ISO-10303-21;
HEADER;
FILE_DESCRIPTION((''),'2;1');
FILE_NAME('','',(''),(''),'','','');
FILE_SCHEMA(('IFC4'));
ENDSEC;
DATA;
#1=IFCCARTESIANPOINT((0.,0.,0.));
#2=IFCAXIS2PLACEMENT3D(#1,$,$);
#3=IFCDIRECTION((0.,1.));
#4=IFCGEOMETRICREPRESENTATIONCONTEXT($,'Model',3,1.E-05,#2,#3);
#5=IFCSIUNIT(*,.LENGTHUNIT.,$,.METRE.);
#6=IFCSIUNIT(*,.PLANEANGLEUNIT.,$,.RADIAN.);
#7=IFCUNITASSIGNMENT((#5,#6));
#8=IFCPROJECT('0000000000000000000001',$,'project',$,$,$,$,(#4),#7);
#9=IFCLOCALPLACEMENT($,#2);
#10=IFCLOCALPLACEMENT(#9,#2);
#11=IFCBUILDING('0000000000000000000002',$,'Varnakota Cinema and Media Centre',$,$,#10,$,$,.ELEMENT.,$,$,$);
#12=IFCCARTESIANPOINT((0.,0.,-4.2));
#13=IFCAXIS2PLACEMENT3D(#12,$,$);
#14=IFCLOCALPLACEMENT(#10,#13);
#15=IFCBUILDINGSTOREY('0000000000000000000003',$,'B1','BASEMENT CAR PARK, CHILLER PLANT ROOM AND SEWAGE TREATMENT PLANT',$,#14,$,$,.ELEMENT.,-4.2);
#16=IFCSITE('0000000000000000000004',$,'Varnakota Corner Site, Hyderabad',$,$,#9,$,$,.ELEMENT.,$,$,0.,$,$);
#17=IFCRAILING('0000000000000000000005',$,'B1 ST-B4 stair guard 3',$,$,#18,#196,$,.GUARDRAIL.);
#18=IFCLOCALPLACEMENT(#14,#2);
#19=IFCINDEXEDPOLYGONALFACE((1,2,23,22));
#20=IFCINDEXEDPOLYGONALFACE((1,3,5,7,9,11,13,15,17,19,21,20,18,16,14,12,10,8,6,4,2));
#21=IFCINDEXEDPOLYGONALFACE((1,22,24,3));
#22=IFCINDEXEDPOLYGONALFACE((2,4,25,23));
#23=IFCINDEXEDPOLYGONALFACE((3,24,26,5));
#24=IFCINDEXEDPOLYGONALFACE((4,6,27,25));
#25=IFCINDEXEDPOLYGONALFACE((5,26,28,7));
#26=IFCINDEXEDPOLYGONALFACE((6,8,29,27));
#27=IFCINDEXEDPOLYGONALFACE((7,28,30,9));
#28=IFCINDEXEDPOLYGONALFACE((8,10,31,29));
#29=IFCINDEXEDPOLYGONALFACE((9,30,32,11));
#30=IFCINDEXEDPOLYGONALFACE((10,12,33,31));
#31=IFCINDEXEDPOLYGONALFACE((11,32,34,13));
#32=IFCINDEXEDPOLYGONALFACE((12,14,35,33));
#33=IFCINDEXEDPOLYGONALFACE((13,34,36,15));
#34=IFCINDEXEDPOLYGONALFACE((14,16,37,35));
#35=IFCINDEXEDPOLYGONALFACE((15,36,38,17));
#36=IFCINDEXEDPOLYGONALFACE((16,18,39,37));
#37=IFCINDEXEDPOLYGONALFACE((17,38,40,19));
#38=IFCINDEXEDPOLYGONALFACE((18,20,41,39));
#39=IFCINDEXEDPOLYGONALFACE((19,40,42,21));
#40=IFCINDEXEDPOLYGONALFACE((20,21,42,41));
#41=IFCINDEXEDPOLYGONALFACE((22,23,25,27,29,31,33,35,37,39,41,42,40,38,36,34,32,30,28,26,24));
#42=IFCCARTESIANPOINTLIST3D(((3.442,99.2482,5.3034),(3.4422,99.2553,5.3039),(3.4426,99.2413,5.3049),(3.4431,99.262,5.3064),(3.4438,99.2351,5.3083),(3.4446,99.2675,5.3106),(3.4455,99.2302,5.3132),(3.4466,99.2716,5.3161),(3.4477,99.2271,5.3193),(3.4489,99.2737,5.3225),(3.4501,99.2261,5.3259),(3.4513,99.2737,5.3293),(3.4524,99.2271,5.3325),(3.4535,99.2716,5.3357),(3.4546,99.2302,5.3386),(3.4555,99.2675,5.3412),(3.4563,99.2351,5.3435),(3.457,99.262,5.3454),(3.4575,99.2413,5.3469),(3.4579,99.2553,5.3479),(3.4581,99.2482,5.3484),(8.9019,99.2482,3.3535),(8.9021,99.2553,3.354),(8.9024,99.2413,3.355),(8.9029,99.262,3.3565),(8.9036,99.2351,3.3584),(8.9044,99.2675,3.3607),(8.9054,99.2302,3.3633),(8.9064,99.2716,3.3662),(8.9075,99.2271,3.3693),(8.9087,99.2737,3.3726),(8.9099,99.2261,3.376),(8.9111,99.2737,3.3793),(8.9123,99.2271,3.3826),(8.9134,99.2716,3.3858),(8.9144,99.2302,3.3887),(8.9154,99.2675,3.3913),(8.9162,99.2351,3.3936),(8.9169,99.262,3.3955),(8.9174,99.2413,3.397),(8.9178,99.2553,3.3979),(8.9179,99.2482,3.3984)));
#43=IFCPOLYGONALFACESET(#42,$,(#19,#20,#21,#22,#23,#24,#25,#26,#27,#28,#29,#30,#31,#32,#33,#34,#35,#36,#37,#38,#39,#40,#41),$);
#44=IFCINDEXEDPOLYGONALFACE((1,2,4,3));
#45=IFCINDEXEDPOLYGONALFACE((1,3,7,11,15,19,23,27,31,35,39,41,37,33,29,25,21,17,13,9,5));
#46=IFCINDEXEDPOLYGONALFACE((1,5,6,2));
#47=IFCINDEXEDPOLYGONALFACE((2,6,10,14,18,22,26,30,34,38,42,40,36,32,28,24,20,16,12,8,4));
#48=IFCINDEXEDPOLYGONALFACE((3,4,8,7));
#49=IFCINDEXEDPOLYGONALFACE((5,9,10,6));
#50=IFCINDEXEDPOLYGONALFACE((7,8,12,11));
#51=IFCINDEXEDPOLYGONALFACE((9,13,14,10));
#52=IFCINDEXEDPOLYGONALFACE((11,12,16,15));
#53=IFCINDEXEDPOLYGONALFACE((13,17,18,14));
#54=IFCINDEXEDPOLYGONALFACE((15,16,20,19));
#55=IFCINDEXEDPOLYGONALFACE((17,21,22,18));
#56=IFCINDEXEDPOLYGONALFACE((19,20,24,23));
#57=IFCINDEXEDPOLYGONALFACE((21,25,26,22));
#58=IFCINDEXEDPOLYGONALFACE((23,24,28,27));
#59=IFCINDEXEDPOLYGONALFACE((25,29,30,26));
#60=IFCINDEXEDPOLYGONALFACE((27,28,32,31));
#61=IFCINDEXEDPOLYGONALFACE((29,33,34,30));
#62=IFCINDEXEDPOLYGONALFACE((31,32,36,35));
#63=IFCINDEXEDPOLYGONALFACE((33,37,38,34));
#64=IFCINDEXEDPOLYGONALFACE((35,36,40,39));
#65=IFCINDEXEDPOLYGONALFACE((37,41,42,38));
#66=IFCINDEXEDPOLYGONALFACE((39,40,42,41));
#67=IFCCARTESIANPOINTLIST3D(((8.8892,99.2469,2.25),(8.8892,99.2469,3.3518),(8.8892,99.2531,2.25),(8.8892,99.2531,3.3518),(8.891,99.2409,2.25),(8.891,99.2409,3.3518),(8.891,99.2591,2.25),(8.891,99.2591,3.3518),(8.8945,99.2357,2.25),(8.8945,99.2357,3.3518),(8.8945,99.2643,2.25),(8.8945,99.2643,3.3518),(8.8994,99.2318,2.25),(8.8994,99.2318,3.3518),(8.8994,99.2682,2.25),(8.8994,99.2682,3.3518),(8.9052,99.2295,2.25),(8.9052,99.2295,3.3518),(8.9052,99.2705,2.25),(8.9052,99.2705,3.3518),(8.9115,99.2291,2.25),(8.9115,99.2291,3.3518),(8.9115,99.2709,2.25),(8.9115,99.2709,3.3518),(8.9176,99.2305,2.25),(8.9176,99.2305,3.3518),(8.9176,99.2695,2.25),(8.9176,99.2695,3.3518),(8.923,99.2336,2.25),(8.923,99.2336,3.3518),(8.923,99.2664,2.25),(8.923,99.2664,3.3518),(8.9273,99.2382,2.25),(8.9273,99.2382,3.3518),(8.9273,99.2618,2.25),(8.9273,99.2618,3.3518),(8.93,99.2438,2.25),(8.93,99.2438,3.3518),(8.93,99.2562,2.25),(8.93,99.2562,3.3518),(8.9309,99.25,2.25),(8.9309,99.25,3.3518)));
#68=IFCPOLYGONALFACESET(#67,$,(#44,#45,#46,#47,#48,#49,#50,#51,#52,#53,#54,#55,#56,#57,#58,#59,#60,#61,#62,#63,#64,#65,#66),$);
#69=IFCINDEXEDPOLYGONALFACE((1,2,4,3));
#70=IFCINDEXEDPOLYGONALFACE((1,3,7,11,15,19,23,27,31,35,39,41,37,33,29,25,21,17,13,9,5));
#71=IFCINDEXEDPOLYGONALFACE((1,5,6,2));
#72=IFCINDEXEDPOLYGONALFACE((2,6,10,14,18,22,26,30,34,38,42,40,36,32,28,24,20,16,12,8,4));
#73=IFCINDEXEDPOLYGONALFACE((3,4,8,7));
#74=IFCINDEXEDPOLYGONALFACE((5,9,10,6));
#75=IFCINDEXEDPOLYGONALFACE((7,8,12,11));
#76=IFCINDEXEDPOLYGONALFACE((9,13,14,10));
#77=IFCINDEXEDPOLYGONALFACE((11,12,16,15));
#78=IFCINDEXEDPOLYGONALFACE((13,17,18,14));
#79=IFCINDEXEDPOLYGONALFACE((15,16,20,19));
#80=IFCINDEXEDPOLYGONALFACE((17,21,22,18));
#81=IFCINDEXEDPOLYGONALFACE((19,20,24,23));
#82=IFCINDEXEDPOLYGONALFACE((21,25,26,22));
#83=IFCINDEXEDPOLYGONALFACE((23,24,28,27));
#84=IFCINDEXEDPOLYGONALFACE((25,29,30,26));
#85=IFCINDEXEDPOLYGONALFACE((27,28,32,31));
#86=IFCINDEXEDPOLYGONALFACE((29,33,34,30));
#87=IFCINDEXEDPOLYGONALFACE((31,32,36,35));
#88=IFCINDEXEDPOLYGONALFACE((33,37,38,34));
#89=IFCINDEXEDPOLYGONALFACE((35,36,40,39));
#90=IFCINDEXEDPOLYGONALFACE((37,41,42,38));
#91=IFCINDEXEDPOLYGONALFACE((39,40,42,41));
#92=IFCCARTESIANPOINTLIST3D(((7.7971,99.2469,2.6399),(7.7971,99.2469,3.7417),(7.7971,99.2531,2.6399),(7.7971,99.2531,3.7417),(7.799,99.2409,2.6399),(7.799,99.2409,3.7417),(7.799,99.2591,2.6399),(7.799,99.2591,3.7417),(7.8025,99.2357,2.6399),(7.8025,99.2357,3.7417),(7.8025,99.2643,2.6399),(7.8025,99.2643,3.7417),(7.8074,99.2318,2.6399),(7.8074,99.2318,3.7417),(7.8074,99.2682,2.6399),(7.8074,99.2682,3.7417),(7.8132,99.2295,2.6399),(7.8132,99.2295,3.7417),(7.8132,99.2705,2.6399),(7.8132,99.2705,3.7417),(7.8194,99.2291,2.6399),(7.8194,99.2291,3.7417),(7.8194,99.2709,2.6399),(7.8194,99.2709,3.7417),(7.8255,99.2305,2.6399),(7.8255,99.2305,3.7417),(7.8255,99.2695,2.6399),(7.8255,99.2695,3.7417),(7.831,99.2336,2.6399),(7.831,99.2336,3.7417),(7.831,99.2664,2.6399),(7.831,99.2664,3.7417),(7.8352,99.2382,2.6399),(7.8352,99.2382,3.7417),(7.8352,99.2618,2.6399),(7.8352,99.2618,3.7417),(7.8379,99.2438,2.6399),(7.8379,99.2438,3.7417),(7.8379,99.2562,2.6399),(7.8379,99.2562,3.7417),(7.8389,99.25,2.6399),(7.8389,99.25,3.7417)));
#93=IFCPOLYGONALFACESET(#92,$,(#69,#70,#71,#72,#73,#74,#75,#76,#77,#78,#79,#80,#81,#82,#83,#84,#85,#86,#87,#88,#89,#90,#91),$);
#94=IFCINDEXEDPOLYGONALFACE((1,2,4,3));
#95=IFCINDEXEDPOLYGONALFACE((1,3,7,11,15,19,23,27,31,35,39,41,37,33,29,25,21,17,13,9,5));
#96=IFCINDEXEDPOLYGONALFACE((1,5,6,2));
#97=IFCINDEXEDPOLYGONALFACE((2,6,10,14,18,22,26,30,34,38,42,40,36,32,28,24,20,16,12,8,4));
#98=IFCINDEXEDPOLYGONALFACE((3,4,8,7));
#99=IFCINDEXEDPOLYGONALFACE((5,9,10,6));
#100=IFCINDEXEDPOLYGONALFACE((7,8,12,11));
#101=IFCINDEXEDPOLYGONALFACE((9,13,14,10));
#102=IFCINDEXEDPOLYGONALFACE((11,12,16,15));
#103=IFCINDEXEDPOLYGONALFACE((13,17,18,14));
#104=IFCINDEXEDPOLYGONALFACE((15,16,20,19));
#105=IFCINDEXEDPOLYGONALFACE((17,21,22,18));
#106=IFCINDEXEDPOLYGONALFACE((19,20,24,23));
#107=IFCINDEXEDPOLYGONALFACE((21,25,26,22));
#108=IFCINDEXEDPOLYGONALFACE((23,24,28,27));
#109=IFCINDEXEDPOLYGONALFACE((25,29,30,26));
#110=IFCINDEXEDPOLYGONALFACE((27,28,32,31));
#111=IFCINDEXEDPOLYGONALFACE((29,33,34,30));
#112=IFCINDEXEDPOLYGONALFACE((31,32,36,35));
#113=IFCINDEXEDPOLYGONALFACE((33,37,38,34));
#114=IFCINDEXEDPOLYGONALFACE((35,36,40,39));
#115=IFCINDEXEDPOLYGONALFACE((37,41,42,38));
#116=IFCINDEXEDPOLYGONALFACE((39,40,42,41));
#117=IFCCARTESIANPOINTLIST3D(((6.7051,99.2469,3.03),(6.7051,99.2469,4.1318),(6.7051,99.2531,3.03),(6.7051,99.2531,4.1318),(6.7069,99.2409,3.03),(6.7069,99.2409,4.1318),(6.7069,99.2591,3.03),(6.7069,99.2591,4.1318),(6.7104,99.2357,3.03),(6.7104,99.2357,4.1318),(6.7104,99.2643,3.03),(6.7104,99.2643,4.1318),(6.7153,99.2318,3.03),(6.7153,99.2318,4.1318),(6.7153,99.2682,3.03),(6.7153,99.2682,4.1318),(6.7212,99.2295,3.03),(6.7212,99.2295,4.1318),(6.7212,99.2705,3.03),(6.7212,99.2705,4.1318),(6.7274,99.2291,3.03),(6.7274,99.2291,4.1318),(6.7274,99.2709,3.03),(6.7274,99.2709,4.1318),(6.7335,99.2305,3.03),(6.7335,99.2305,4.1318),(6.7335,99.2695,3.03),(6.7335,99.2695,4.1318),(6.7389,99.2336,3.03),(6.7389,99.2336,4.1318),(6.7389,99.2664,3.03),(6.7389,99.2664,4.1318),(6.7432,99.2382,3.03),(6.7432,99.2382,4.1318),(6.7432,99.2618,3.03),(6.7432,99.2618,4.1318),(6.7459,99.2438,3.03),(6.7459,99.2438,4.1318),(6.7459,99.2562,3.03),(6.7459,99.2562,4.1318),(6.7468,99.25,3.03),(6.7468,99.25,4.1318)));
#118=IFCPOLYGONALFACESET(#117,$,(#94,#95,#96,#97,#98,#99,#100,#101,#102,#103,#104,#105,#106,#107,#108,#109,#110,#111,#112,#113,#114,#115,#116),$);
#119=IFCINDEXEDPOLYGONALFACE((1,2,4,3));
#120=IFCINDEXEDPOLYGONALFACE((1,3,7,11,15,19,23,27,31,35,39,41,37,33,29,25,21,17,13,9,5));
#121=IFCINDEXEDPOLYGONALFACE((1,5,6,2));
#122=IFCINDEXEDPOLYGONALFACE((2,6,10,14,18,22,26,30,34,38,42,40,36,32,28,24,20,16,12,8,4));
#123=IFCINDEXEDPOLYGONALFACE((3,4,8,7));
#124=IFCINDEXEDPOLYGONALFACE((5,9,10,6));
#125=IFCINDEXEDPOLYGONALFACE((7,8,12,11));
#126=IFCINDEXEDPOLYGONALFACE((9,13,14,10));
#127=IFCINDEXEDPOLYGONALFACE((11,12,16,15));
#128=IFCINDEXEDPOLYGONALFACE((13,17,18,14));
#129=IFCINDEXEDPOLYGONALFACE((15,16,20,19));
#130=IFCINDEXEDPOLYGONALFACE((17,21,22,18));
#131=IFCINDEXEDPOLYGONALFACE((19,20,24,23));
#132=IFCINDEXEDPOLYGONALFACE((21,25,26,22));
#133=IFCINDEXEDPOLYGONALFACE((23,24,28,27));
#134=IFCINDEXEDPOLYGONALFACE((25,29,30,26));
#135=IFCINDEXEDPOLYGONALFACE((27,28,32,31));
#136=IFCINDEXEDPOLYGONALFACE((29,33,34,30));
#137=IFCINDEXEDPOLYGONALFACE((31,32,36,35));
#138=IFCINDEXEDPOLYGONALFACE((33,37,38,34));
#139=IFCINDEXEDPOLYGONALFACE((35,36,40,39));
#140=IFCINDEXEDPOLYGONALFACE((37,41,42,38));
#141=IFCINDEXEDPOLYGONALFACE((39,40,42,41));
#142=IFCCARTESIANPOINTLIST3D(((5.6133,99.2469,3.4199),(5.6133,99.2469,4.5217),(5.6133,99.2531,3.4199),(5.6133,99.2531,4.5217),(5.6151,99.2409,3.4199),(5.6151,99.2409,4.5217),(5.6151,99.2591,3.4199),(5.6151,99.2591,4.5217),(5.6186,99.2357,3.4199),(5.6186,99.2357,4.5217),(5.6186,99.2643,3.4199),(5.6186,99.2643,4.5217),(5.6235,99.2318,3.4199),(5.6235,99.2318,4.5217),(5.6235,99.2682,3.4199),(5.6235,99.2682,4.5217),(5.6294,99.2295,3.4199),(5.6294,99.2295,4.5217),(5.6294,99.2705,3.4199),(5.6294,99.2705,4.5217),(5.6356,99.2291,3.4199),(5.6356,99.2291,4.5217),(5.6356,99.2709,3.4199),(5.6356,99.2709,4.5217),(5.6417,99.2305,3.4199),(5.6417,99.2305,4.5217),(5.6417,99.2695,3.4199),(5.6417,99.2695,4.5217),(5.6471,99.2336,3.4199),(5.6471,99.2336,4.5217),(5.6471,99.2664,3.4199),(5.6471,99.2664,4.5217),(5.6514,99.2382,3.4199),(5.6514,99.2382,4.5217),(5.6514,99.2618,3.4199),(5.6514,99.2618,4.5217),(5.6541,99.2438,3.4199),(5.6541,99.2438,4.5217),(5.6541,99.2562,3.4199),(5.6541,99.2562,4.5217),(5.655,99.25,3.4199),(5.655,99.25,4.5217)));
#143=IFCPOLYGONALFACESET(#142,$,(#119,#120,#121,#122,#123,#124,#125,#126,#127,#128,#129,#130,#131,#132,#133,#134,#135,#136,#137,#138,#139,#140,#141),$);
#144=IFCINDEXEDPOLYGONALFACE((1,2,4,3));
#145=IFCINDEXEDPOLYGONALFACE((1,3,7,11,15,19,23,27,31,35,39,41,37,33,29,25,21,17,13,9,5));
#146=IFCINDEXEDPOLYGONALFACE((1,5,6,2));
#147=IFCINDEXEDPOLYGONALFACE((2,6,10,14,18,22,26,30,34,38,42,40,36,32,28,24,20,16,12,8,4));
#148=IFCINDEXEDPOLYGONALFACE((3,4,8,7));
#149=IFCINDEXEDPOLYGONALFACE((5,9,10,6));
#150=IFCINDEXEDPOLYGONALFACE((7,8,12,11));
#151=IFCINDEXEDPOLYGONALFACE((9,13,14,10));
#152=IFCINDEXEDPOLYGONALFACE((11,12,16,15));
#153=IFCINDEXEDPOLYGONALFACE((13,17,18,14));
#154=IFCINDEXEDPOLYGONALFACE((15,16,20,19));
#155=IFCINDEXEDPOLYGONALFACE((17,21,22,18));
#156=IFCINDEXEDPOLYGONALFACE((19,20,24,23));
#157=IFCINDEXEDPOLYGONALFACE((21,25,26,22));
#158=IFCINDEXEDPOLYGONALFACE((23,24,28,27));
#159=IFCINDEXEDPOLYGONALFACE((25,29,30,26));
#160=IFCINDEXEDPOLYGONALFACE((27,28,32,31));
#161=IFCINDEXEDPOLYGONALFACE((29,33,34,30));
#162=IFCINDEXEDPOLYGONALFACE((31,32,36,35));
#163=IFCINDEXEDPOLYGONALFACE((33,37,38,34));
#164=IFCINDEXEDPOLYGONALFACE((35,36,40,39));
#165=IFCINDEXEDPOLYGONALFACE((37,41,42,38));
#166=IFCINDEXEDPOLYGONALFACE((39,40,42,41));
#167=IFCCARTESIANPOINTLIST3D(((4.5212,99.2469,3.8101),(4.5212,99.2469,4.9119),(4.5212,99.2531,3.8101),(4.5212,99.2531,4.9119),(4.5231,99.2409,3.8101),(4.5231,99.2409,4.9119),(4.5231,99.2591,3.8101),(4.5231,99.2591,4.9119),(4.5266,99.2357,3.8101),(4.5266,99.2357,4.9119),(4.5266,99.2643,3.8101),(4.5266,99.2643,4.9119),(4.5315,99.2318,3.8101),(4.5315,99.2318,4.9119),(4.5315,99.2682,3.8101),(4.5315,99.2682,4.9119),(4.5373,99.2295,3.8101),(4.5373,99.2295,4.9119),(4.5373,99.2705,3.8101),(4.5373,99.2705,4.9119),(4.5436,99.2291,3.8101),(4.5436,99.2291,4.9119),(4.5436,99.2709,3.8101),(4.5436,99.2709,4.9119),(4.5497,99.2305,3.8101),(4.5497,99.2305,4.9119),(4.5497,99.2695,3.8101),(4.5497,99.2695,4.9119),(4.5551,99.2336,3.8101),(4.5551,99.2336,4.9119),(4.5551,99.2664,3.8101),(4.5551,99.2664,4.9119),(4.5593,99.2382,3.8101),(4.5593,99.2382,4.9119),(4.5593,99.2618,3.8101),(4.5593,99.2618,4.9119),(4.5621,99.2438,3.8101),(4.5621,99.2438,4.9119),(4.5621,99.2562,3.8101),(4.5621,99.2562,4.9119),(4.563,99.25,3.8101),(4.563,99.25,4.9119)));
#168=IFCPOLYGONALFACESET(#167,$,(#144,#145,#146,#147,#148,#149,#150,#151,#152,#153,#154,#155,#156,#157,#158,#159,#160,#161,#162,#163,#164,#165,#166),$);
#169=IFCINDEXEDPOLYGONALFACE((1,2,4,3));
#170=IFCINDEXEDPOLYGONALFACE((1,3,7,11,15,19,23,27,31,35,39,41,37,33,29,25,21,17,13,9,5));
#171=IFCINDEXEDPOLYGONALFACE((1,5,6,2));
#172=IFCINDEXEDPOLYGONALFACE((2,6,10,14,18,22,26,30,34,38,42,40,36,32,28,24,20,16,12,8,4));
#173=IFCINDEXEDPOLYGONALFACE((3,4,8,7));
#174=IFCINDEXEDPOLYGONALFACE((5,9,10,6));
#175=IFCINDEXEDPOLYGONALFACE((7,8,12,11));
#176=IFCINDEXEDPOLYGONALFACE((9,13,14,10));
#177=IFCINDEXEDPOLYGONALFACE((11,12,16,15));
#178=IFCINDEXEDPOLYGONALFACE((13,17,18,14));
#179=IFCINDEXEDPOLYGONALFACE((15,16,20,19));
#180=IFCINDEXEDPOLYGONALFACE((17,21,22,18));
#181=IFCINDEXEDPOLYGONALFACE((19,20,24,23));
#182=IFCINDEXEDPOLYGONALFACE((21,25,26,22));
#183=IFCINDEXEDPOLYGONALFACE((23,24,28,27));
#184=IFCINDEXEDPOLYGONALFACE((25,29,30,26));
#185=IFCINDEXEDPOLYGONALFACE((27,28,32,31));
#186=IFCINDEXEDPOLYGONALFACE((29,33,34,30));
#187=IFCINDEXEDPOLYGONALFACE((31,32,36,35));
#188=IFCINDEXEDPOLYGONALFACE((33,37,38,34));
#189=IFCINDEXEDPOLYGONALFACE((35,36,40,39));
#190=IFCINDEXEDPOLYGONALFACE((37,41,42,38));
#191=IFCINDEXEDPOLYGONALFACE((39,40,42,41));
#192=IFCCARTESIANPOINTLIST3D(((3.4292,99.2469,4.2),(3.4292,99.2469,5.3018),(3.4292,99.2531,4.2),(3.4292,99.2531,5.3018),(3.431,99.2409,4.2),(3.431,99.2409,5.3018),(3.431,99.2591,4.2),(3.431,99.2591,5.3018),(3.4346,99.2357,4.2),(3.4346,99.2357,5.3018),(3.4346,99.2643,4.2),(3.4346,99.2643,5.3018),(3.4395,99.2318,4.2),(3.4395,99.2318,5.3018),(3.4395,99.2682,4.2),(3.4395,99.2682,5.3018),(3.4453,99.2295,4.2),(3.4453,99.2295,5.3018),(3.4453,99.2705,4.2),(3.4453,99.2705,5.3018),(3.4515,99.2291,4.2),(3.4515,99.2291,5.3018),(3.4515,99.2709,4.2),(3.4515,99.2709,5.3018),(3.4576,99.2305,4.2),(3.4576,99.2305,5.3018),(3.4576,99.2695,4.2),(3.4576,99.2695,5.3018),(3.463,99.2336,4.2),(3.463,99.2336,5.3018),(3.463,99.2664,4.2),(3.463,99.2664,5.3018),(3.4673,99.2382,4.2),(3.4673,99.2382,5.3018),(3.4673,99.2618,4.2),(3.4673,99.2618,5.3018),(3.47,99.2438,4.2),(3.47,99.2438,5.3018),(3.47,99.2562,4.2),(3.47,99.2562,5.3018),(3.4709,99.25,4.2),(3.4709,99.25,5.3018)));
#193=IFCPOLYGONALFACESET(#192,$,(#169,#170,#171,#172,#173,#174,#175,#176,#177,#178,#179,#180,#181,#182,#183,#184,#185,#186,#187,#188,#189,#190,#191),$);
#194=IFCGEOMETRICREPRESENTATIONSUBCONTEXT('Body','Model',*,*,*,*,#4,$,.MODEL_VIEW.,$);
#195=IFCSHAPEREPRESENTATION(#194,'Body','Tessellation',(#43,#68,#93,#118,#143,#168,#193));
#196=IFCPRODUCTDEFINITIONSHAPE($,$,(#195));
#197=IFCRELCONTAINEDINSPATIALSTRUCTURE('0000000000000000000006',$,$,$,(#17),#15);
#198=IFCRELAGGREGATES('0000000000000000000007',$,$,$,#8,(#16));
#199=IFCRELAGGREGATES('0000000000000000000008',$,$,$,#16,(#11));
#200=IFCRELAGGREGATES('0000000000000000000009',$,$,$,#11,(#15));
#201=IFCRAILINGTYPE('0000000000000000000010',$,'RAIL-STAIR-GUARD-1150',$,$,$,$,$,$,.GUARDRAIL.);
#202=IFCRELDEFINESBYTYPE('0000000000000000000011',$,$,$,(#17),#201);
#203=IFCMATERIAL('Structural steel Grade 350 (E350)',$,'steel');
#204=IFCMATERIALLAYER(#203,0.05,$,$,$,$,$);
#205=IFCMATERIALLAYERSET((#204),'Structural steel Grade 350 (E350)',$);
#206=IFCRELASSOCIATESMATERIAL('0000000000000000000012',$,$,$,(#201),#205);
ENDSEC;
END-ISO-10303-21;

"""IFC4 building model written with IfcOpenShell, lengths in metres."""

from ifc_helpers import new_model, si_unit, direction, frame, origin, origin_2d, place, context, subcontext, project, spatial, circle, extrude, material, layer, layer_set, type_object, element, save


model = new_model("IFC4")

# Units and contexts
model_context = context("Model", 3, precision=1e-05, world=origin(), true_north=direction((0.0, 1.0)))
body_context = subcontext(model_context, "Body", "Model", "MODEL_VIEW")
ifc_project = project(units=[si_unit("LENGTHUNIT", "METRE"), si_unit("PLANEANGLEUNIT", "RADIAN")], contexts=[model_context])

# Site, building, storey
site_placement = place(None, origin())
site = spatial("IfcSite", under=ifc_project, at=site_placement, Name="Varnakota Corner Site, Hyderabad", CompositionType="ELEMENT", RefElevation=0.0)
building_placement = place(site_placement, origin())
building = spatial("IfcBuilding", under=site, at=building_placement, Name="Varnakota Cinema and Media Centre", CompositionType="ELEMENT")
storey_placement = place(building_placement, frame((0.0, 0.0, -4.2)))
storey = spatial("IfcBuildingStorey", under=building, at=storey_placement, Name="B1", Description="BASEMENT CAR PARK, CHILLER PLANT ROOM AND SEWAGE TREATMENT PLANT", CompositionType="ELEMENT", Elevation=-4.2)

# Railing
ifc_material_1 = material(Name="Structural steel Grade 350 (E350)", Category="steel")
ifc_layer_1 = layer(ifc_material_1, 0.05)
ifc_layer_set_1 = layer_set([ifc_layer_1], Name="Structural steel Grade 350 (E350)")
railing_type_1 = type_object("IfcRailingType", Name="RAIL-STAIR-GUARD-1150", PredefinedType="GUARDRAIL", material=ifc_layer_set_1)
railing_1_placement = place(storey_placement, frame((8.9099, 99.25, 2.25)))
element("IfcRailing", 1, at=railing_1_placement, inside=storey, type_object=railing_type_1, Name="B1 ST-B4 stair guard 3", PredefinedType="GUARDRAIL", context=body_context, shape_type="SweptSolid", body=[
    extrude(circle(Radius=0.0239, at=origin_2d()), frame((0.0, 0.0, 1.126), z_axis=(-0.941744, 0.0, 0.336331), x_axis=(0.0, -1.0, 0.0)), (0.0, 0.0, 1.0), 5.7976),
    extrude(circle(Radius=0.021, at=origin_2d()), origin(), (0.0, 0.0, 1.0), 1.1018),
    extrude(circle(Radius=0.021, at=origin_2d()), frame((-1.092, 0.0, 0.3899)), (0.0, 0.0, 1.0), 1.1018),
    extrude(circle(Radius=0.021, at=origin_2d()), frame((-2.1841, 0.0, 0.78)), (0.0, 0.0, 1.0), 1.1018),
    extrude(circle(Radius=0.021, at=origin_2d()), frame((-3.2759, 0.0, 1.1699)), (0.0, 0.0, 1.0), 1.1018),
    extrude(circle(Radius=0.021, at=origin_2d()), frame((-4.3679, 0.0, 1.5601)), (0.0, 0.0, 1.0), 1.1018),
    extrude(circle(Radius=0.021, at=origin_2d()), frame((-5.46, 0.0, 1.95)), (0.0, 0.0, 1.0), 1.1018),
])

save(model, "model.ifc")
